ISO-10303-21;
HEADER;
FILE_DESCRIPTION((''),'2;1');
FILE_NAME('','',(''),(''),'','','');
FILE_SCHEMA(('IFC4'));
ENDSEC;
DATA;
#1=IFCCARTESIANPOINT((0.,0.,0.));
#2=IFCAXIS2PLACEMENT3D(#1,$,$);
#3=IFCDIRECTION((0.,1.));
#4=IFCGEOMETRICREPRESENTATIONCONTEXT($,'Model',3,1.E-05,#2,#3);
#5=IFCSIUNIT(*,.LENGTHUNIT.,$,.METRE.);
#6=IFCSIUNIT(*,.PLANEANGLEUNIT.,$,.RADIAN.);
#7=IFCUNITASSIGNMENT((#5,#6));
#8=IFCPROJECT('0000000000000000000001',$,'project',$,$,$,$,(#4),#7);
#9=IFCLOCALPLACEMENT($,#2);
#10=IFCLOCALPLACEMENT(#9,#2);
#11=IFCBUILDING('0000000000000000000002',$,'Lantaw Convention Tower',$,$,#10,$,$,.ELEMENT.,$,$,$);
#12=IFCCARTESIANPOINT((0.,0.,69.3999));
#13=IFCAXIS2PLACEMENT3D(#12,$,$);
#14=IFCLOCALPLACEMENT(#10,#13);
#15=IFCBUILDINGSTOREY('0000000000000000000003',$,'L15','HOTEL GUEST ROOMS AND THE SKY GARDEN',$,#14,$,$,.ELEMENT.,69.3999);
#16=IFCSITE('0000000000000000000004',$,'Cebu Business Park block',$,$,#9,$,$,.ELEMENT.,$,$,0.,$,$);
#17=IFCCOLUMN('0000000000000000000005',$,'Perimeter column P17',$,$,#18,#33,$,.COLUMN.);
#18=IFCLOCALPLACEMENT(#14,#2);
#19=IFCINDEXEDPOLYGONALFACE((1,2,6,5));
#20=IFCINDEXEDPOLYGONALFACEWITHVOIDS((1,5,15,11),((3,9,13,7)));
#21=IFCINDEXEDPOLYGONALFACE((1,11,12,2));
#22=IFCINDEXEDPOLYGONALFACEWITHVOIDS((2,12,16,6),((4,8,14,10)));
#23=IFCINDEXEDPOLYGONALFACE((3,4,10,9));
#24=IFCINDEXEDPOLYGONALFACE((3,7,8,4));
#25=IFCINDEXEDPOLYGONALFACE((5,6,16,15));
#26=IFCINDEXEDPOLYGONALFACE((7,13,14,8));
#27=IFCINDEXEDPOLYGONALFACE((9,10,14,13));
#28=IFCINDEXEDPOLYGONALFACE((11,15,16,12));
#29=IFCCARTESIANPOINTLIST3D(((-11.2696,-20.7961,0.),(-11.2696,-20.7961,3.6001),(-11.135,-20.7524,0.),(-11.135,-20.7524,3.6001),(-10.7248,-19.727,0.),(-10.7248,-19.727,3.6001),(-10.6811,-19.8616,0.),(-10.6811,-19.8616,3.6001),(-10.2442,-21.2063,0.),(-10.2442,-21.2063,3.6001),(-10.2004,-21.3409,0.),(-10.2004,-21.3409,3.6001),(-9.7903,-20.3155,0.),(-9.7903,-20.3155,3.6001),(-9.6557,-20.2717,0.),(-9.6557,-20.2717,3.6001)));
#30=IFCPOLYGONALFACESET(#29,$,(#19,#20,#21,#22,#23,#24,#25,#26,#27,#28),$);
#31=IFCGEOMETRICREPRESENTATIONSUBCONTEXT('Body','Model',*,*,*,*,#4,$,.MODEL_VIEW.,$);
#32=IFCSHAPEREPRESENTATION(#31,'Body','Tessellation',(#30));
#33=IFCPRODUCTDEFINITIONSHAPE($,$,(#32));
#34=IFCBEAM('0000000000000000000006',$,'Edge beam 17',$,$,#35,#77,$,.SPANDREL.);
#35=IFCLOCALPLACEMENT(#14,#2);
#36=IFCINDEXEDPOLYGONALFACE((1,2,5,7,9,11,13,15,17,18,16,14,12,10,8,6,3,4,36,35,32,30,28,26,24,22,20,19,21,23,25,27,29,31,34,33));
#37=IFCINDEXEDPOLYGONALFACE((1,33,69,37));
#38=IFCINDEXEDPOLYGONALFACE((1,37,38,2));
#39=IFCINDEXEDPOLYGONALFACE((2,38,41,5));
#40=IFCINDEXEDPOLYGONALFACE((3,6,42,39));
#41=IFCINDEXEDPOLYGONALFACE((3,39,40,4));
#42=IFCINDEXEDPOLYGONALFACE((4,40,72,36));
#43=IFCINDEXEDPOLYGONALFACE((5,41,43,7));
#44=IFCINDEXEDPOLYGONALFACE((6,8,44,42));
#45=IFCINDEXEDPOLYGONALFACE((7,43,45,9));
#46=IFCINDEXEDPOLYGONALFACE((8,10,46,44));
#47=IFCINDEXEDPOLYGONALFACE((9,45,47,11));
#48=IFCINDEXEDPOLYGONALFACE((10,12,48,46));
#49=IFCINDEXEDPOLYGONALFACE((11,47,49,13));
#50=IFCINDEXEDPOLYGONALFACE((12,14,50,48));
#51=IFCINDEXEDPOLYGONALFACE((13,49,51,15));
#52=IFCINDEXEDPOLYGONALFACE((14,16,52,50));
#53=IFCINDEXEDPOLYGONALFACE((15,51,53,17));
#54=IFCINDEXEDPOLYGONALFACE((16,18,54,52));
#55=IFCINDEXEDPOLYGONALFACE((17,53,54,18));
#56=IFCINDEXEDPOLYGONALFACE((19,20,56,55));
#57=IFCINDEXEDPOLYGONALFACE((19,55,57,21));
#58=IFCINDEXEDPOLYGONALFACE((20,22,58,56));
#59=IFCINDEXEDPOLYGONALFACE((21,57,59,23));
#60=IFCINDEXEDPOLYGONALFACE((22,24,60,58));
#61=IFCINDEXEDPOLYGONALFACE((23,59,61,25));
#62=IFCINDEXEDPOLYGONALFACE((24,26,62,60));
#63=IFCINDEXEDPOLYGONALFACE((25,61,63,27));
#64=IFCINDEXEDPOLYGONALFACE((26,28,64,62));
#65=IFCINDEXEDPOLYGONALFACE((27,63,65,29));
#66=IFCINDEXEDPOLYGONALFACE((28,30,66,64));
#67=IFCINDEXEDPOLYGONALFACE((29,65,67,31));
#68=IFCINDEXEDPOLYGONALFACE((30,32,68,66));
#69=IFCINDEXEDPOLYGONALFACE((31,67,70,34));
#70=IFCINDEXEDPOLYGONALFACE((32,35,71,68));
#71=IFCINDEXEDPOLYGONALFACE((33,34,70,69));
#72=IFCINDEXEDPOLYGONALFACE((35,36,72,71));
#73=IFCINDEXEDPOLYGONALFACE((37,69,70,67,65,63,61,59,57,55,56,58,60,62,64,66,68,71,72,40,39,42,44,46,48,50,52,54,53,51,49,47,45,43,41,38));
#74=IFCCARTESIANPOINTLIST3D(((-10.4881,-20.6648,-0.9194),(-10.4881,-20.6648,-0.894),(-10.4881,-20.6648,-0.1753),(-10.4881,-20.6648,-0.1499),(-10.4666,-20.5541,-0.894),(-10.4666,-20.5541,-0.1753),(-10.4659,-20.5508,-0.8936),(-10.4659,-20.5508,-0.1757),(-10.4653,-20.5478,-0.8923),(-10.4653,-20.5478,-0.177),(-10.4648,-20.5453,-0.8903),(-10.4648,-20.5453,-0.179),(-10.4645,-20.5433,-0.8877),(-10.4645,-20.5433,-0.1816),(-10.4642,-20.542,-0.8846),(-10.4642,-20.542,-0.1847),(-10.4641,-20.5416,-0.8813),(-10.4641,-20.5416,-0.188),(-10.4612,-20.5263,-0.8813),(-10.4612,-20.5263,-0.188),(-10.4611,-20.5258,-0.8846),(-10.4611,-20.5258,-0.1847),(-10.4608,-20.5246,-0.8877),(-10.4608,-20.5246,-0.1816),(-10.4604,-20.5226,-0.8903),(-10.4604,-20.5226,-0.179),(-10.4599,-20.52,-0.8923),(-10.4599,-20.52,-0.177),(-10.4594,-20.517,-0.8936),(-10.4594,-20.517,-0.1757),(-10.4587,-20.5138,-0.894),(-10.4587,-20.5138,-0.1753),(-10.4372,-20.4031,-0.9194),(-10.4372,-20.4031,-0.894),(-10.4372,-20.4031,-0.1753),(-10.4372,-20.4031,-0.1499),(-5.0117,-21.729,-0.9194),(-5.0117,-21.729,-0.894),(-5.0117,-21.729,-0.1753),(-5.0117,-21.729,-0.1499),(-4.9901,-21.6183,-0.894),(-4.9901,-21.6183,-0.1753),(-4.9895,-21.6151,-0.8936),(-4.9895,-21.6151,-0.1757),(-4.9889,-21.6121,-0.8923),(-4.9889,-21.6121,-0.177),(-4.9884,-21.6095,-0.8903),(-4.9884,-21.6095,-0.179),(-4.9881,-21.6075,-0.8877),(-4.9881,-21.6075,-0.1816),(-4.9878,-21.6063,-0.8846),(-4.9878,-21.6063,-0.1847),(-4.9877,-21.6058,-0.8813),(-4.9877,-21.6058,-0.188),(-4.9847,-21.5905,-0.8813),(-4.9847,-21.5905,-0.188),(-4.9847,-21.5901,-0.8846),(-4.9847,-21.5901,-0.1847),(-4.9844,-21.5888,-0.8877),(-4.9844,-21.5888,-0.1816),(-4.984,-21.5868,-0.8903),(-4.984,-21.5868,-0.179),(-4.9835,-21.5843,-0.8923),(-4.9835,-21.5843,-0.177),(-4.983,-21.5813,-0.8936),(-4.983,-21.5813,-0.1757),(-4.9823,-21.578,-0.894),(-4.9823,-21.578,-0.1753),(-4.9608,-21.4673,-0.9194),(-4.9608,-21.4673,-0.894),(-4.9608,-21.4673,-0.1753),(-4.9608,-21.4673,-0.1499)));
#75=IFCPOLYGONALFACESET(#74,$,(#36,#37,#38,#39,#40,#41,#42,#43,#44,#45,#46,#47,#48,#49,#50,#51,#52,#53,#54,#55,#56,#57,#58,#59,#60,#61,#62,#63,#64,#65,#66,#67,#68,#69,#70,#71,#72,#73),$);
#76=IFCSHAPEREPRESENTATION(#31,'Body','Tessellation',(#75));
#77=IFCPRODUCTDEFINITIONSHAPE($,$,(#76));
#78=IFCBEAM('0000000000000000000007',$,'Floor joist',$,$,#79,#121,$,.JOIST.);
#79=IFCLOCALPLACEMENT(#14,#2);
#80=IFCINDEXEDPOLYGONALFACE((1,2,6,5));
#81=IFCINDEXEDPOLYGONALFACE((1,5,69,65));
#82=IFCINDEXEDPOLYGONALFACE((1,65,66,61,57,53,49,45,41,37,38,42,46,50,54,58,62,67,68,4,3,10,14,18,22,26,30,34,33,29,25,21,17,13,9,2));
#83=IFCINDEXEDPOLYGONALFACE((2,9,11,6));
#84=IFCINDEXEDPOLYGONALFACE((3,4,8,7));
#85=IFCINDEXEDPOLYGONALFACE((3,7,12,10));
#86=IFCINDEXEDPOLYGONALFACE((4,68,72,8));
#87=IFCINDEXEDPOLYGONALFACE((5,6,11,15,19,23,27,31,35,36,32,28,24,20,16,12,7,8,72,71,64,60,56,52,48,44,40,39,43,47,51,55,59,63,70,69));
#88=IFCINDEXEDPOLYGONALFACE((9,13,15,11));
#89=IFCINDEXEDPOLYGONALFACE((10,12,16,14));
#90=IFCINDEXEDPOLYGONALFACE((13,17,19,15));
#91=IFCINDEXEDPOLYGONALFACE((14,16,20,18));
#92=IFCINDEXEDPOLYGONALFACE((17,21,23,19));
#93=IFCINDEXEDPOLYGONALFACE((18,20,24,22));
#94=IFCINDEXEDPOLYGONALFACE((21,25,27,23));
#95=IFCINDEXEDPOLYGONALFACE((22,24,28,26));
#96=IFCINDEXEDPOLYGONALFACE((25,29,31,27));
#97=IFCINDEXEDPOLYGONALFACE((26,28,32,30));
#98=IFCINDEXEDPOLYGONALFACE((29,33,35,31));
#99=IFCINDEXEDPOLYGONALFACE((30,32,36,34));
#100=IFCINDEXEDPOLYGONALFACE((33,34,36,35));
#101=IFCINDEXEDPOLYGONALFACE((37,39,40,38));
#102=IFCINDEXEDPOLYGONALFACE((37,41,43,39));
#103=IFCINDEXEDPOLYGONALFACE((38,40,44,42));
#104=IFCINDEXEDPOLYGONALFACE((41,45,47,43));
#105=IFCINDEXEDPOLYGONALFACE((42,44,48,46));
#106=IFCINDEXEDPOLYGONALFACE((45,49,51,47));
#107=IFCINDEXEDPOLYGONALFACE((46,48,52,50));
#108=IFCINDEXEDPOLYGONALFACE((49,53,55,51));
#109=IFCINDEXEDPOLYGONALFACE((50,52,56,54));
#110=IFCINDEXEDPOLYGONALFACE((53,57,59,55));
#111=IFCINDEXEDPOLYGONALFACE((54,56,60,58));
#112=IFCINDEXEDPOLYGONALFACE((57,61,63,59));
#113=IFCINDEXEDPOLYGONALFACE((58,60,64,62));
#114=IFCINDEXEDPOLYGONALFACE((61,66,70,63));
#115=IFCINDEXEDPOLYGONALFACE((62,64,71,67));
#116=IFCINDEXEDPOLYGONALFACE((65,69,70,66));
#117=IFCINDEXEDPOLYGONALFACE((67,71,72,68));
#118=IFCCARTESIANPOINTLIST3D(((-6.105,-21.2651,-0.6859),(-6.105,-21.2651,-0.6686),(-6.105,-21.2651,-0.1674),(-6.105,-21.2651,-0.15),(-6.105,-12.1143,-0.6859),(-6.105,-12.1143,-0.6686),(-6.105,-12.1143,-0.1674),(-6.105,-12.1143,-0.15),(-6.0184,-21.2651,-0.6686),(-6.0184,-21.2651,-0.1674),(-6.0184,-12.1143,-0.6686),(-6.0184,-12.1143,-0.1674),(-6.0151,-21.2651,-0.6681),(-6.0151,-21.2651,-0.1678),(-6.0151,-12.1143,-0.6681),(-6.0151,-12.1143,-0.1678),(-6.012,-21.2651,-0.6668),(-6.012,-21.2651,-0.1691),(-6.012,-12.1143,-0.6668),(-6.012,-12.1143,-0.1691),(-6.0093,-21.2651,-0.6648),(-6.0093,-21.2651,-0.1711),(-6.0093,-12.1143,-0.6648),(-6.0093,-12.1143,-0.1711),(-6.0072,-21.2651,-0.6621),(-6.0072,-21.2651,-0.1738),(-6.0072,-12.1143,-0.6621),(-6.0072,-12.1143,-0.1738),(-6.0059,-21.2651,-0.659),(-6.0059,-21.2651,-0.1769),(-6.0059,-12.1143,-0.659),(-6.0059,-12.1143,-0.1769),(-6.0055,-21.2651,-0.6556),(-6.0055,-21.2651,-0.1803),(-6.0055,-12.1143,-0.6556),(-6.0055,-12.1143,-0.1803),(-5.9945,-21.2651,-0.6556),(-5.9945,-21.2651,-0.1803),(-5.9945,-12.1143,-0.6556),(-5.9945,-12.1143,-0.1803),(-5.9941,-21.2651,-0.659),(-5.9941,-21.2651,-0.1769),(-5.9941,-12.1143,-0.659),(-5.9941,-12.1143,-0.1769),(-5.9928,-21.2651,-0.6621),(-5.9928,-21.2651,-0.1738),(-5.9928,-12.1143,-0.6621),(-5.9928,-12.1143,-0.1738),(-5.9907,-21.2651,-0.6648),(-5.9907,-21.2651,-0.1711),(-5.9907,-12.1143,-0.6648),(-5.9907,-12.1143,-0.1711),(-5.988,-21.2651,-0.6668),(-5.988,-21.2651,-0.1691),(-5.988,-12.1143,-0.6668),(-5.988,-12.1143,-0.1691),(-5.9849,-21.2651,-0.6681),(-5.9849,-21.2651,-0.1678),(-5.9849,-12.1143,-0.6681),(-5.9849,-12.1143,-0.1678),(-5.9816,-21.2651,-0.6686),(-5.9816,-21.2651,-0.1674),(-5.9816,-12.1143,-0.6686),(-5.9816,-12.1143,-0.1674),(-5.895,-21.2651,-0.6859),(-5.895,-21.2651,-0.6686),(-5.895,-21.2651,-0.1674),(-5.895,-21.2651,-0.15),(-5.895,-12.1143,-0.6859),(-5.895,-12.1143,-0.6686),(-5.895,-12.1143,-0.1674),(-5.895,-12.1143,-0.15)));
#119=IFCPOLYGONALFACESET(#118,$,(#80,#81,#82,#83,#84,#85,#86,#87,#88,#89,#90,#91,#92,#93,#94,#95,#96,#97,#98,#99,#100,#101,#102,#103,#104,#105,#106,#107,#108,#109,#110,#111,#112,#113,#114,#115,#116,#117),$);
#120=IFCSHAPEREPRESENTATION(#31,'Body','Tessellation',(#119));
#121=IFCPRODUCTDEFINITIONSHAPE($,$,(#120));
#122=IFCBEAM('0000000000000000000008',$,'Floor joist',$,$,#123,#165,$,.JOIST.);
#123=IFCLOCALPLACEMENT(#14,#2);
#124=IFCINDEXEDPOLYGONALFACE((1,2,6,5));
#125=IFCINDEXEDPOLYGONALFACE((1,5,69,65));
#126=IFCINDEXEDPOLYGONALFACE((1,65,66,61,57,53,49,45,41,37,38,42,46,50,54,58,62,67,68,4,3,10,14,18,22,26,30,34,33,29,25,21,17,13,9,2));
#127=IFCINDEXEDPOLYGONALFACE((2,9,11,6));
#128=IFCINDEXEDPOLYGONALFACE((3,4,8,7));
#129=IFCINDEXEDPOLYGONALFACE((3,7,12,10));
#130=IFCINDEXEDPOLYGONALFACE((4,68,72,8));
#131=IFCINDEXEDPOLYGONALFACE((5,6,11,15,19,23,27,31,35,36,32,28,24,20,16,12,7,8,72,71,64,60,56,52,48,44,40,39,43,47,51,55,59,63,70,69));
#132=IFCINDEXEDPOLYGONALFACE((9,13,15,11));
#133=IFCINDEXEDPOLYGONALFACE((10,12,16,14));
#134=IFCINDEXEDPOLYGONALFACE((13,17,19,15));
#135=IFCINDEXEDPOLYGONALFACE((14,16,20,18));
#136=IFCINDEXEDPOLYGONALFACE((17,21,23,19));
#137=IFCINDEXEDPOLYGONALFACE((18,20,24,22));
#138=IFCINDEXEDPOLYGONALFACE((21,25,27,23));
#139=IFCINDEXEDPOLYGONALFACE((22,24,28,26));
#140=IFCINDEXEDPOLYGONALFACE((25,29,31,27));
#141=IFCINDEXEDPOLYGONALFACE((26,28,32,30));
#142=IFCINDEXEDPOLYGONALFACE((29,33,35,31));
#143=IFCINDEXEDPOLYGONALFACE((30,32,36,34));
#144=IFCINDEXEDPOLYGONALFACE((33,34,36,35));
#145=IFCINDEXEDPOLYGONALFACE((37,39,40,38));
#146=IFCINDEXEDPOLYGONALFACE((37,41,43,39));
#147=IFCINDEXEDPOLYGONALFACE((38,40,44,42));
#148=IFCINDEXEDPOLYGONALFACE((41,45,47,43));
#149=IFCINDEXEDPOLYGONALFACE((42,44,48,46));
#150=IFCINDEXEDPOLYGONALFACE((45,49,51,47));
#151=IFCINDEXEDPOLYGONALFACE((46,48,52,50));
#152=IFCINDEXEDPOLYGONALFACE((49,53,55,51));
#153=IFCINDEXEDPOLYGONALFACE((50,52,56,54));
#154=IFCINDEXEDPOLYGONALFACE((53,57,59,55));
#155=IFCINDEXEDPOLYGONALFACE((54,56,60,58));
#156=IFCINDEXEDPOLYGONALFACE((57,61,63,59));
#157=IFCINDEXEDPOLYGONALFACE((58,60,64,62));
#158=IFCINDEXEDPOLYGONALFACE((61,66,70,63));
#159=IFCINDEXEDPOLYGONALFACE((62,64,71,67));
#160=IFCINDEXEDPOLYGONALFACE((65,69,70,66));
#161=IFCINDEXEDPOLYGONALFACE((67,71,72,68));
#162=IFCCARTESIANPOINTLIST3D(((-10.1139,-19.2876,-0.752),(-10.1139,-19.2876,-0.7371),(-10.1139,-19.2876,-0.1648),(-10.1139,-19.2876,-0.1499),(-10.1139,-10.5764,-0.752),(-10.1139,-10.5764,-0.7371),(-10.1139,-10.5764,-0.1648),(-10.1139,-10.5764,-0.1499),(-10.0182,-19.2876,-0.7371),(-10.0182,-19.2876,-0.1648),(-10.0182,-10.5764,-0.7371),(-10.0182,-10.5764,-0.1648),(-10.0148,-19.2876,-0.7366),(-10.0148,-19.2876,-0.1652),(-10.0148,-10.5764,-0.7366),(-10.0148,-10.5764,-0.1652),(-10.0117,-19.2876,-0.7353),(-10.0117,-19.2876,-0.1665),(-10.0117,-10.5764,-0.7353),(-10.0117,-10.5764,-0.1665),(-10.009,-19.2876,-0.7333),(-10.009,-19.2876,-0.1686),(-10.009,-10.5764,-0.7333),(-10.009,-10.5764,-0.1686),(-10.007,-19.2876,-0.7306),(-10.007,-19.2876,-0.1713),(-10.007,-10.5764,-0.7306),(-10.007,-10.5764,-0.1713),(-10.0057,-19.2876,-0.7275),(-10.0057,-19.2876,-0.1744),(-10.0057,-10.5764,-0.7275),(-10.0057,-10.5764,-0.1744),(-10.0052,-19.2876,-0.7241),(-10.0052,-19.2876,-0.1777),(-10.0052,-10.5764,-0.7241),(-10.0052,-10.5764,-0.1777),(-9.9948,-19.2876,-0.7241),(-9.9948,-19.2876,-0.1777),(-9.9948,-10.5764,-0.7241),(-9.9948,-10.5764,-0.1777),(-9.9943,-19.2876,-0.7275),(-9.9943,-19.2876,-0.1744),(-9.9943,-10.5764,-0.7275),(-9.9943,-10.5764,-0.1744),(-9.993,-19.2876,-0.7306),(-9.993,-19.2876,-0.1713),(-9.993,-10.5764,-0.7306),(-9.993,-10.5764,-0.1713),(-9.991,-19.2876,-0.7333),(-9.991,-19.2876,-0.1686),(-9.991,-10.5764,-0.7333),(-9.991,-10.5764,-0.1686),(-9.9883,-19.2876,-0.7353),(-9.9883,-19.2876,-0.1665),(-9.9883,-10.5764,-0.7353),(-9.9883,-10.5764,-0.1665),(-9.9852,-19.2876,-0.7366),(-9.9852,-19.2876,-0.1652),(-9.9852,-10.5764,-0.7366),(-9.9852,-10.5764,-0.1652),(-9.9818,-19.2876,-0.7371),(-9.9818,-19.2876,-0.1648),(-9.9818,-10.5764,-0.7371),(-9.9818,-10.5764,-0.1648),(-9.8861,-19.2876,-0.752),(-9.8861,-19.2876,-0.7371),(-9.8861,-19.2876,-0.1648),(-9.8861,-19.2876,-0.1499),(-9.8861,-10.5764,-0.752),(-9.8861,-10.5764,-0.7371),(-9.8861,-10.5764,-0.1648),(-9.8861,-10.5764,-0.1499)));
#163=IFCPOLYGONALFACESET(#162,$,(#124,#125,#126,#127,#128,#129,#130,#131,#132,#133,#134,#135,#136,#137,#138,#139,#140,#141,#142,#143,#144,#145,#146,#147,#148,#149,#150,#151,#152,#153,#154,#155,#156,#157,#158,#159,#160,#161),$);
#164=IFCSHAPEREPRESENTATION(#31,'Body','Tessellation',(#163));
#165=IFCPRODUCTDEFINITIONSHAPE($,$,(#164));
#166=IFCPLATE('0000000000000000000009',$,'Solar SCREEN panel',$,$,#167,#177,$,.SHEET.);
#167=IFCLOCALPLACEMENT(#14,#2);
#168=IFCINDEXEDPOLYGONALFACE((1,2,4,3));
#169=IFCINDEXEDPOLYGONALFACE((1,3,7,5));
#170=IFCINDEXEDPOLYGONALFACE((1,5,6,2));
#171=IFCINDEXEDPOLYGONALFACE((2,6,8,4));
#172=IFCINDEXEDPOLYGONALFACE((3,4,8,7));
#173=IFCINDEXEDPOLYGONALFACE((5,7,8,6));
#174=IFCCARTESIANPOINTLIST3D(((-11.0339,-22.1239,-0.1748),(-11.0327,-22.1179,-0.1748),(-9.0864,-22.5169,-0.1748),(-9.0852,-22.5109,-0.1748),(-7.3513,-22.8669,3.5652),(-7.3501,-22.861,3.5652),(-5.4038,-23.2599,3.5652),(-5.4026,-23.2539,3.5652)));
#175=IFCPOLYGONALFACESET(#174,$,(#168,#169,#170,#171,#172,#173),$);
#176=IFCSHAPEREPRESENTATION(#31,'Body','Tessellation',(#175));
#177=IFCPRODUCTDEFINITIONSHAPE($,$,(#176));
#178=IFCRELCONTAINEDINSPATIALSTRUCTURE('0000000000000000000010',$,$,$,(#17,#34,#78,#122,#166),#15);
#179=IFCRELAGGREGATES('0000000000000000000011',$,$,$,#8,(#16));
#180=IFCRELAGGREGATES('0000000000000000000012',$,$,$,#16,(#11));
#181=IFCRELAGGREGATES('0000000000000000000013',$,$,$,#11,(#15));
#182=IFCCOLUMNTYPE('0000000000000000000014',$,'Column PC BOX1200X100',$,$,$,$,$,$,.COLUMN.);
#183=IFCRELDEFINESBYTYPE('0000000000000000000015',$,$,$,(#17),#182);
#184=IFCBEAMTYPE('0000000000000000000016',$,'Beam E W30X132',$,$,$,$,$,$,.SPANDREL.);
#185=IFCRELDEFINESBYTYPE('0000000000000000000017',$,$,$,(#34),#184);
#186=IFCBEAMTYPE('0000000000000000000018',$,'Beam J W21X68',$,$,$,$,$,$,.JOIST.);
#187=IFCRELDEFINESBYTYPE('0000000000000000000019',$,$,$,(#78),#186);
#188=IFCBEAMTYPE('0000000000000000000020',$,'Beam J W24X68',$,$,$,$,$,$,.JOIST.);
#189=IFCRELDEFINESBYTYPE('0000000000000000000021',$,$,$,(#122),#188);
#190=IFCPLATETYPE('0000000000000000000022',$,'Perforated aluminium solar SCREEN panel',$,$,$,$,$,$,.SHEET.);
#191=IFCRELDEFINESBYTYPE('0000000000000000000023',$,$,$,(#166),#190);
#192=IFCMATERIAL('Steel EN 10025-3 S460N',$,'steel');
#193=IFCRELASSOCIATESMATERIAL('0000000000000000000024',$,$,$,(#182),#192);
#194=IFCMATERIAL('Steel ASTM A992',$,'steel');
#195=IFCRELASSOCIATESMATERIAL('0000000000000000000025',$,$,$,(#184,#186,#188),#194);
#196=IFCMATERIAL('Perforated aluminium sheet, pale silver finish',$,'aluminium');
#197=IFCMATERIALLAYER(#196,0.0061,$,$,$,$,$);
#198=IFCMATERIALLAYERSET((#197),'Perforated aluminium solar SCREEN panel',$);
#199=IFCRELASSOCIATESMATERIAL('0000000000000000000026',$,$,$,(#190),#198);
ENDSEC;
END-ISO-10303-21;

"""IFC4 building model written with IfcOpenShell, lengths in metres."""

from ifc_helpers import new_model, si_unit, direction, frame, origin, origin_2d, place, context, subcontext, project, spatial, polyline, rectangle, hollow_rectangle, i_section, outline, extrude, material, layer, layer_set, material_profile, profile_set, type_object, element, save


model = new_model("IFC4")

# Units and contexts
model_context = context("Model", 3, precision=1e-05, world=origin(), true_north=direction((0.0, 1.0)))
body_context = subcontext(model_context, "Body", "Model", "MODEL_VIEW")
ifc_project = project(units=[si_unit("LENGTHUNIT", "METRE"), si_unit("PLANEANGLEUNIT", "RADIAN")], contexts=[model_context])

# Site, building, storey
site_placement = place(None, origin())
site = spatial("IfcSite", under=ifc_project, at=site_placement, Name="Cebu Business Park block", CompositionType="ELEMENT", RefElevation=0.0)
building_placement = place(site_placement, origin())
building = spatial("IfcBuilding", under=site, at=building_placement, Name="Lantaw Convention Tower", CompositionType="ELEMENT")
storey_placement = place(building_placement, frame((0.0, 0.0, 69.3999)))
storey = spatial("IfcBuildingStorey", under=building, at=storey_placement, Name="L15", Description="HOTEL GUEST ROOMS AND THE SKY GARDEN", CompositionType="ELEMENT", Elevation=69.3999)

# Column
ifc_material_1 = material(Name="Steel EN 10025-3 S460N", Category="steel")
ifc_material_profile_1 = material_profile(ifc_material_1, hollow_rectangle(XDim=1.2, YDim=1.2, WallThickness=0.1001, at=origin_2d()), Name="BOX1200X100")
ifc_material_2 = material(Name="Concrete C60/75", Category="concrete")
ifc_material_profile_2 = material_profile(ifc_material_2, rectangle(XDim=1.0, YDim=1.0, at=origin_2d()), Name="Concrete fill of BOX1200X100")
ifc_profile_set_1 = profile_set([ifc_material_profile_1, ifc_material_profile_2], Name="Steel EN 10025-3 S460N")
column_type = type_object("IfcColumnType", Name="Column PC BOX1200X100", PredefinedType="COLUMN", material=ifc_profile_set_1)
column_placement = place(storey_placement, frame((-10.4626, -20.5339, 0.0), z_axis=(0.0, 0.0, 1.0), x_axis=(0.45399, 0.891007, 0.0)))
element("IfcColumn", 1, at=column_placement, inside=storey, type_object=column_type, Name="Perimeter column P17", PredefinedType="COLUMN", context=body_context, shape_type="SweptSolid", body=[
    extrude(hollow_rectangle(XDim=1.2, YDim=1.2, WallThickness=0.1001, at=origin_2d()), origin(), (0.0, 0.0, 1.0), 3.6001),
])

# Beams
ifc_material_3 = material(Name="Steel ASTM A992", Category="steel")
ifc_material_profile_3 = material_profile(ifc_material_3, i_section(OverallWidth=0.2666, OverallDepth=0.7695, WebThickness=0.0156, FlangeThickness=0.0254, FilletRadius=0.0127, at=origin_2d()), Name="W30X132")
ifc_profile_set_2 = profile_set([ifc_material_profile_3], Name="Steel ASTM A992")
beam_type_1 = type_object("IfcBeamType", Name="Beam E W30X132", PredefinedType="SPANDREL", material=ifc_profile_set_2)
beam_1_placement = place(storey_placement, frame((-10.4626, -20.5339, -0.5347), z_axis=(0.981637, -0.190761, 0.0), x_axis=(0.190761, 0.981637, 0.0)))
element("IfcBeam", 2, at=beam_1_placement, inside=storey, type_object=beam_type_1, Name="Edge beam 17", PredefinedType="SPANDREL", context=body_context, shape_type="SweptSolid", body=[
    extrude(i_section(OverallWidth=0.2666, OverallDepth=0.7695, WebThickness=0.0156, FlangeThickness=0.0254, FilletRadius=0.0127, at=origin_2d()), origin(), (0.0, 0.0, 1.0), 5.5789),
])
ifc_material_profile_4 = material_profile(ifc_material_3, i_section(OverallWidth=0.21, OverallDepth=0.5359, WebThickness=0.011, FlangeThickness=0.0173, FilletRadius=0.0129, at=origin_2d()), Name="W21X68")
ifc_profile_set_3 = profile_set([ifc_material_profile_4], Name="Steel ASTM A992")
beam_type_2 = type_object("IfcBeamType", Name="Beam J W21X68", PredefinedType="JOIST", material=ifc_profile_set_3)
beam_2_placement = place(storey_placement, frame((-6.0, -21.2651, -0.418), z_axis=(0.0, 1.0, 0.0), x_axis=(-1.0, 0.0, 0.0)))
element("IfcBeam", 3, at=beam_2_placement, inside=storey, type_object=beam_type_2, Name="Floor joist", PredefinedType="JOIST", context=body_context, shape_type="SweptSolid", body=[
    extrude(i_section(OverallWidth=0.21, OverallDepth=0.5359, WebThickness=0.011, FlangeThickness=0.0173, FilletRadius=0.0129, at=origin_2d()), origin(), (0.0, 0.0, 1.0), 9.1509),
])
ifc_material_profile_5 = material_profile(ifc_material_3, i_section(OverallWidth=0.2278, OverallDepth=0.6021, WebThickness=0.0105, FlangeThickness=0.0149, FilletRadius=0.0129, at=origin_2d()), Name="W24X68")
ifc_profile_set_4 = profile_set([ifc_material_profile_5], Name="Steel ASTM A992")
beam_type_3 = type_object("IfcBeamType", Name="Beam J W24X68", PredefinedType="JOIST", material=ifc_profile_set_4)
beam_3_placement = place(storey_placement, frame((-10.0, -19.2876, -0.4509), z_axis=(0.0, 1.0, 0.0), x_axis=(-1.0, 0.0, 0.0)))
element("IfcBeam", 4, at=beam_3_placement, inside=storey, type_object=beam_type_3, Name="Floor joist", PredefinedType="JOIST", context=body_context, shape_type="SweptSolid", body=[
    extrude(i_section(OverallWidth=0.2278, OverallDepth=0.6021, WebThickness=0.0105, FlangeThickness=0.0149, FilletRadius=0.0129, at=origin_2d()), origin(), (0.0, 0.0, 1.0), 8.7112),
])

# Plate
ifc_material_4 = material(Name="Perforated aluminium sheet, pale silver finish", Category="aluminium")
ifc_layer_1 = layer(ifc_material_4, 0.0061)
ifc_layer_set_1 = layer_set([ifc_layer_1], Name="Perforated aluminium solar SCREEN panel")
plate_type = type_object("IfcPlateType", Name="Perforated aluminium solar SCREEN panel", PredefinedType="SHEET", material=ifc_layer_set_1)
plate_placement = place(storey_placement, frame((-11.0327, -22.1179, -0.1748), z_axis=(0.197782, 0.980246, 0.000002), x_axis=(0.980246, -0.197782, 0.0)))
element("IfcPlate", 5, at=plate_placement, inside=storey, type_object=plate_type, Name="Solar SCREEN panel", PredefinedType="SHEET", context=body_context, shape_type="SweptSolid", body=[
    extrude(outline(polyline([(0.0, 0.0), (1.9868, 0.0), (5.7436, -3.74), (3.7569, -3.74), (0.0, 0.0)])), origin(), (0.0, 0.0, -1.0), 0.0061),
])

save(model, "model.ifc")
